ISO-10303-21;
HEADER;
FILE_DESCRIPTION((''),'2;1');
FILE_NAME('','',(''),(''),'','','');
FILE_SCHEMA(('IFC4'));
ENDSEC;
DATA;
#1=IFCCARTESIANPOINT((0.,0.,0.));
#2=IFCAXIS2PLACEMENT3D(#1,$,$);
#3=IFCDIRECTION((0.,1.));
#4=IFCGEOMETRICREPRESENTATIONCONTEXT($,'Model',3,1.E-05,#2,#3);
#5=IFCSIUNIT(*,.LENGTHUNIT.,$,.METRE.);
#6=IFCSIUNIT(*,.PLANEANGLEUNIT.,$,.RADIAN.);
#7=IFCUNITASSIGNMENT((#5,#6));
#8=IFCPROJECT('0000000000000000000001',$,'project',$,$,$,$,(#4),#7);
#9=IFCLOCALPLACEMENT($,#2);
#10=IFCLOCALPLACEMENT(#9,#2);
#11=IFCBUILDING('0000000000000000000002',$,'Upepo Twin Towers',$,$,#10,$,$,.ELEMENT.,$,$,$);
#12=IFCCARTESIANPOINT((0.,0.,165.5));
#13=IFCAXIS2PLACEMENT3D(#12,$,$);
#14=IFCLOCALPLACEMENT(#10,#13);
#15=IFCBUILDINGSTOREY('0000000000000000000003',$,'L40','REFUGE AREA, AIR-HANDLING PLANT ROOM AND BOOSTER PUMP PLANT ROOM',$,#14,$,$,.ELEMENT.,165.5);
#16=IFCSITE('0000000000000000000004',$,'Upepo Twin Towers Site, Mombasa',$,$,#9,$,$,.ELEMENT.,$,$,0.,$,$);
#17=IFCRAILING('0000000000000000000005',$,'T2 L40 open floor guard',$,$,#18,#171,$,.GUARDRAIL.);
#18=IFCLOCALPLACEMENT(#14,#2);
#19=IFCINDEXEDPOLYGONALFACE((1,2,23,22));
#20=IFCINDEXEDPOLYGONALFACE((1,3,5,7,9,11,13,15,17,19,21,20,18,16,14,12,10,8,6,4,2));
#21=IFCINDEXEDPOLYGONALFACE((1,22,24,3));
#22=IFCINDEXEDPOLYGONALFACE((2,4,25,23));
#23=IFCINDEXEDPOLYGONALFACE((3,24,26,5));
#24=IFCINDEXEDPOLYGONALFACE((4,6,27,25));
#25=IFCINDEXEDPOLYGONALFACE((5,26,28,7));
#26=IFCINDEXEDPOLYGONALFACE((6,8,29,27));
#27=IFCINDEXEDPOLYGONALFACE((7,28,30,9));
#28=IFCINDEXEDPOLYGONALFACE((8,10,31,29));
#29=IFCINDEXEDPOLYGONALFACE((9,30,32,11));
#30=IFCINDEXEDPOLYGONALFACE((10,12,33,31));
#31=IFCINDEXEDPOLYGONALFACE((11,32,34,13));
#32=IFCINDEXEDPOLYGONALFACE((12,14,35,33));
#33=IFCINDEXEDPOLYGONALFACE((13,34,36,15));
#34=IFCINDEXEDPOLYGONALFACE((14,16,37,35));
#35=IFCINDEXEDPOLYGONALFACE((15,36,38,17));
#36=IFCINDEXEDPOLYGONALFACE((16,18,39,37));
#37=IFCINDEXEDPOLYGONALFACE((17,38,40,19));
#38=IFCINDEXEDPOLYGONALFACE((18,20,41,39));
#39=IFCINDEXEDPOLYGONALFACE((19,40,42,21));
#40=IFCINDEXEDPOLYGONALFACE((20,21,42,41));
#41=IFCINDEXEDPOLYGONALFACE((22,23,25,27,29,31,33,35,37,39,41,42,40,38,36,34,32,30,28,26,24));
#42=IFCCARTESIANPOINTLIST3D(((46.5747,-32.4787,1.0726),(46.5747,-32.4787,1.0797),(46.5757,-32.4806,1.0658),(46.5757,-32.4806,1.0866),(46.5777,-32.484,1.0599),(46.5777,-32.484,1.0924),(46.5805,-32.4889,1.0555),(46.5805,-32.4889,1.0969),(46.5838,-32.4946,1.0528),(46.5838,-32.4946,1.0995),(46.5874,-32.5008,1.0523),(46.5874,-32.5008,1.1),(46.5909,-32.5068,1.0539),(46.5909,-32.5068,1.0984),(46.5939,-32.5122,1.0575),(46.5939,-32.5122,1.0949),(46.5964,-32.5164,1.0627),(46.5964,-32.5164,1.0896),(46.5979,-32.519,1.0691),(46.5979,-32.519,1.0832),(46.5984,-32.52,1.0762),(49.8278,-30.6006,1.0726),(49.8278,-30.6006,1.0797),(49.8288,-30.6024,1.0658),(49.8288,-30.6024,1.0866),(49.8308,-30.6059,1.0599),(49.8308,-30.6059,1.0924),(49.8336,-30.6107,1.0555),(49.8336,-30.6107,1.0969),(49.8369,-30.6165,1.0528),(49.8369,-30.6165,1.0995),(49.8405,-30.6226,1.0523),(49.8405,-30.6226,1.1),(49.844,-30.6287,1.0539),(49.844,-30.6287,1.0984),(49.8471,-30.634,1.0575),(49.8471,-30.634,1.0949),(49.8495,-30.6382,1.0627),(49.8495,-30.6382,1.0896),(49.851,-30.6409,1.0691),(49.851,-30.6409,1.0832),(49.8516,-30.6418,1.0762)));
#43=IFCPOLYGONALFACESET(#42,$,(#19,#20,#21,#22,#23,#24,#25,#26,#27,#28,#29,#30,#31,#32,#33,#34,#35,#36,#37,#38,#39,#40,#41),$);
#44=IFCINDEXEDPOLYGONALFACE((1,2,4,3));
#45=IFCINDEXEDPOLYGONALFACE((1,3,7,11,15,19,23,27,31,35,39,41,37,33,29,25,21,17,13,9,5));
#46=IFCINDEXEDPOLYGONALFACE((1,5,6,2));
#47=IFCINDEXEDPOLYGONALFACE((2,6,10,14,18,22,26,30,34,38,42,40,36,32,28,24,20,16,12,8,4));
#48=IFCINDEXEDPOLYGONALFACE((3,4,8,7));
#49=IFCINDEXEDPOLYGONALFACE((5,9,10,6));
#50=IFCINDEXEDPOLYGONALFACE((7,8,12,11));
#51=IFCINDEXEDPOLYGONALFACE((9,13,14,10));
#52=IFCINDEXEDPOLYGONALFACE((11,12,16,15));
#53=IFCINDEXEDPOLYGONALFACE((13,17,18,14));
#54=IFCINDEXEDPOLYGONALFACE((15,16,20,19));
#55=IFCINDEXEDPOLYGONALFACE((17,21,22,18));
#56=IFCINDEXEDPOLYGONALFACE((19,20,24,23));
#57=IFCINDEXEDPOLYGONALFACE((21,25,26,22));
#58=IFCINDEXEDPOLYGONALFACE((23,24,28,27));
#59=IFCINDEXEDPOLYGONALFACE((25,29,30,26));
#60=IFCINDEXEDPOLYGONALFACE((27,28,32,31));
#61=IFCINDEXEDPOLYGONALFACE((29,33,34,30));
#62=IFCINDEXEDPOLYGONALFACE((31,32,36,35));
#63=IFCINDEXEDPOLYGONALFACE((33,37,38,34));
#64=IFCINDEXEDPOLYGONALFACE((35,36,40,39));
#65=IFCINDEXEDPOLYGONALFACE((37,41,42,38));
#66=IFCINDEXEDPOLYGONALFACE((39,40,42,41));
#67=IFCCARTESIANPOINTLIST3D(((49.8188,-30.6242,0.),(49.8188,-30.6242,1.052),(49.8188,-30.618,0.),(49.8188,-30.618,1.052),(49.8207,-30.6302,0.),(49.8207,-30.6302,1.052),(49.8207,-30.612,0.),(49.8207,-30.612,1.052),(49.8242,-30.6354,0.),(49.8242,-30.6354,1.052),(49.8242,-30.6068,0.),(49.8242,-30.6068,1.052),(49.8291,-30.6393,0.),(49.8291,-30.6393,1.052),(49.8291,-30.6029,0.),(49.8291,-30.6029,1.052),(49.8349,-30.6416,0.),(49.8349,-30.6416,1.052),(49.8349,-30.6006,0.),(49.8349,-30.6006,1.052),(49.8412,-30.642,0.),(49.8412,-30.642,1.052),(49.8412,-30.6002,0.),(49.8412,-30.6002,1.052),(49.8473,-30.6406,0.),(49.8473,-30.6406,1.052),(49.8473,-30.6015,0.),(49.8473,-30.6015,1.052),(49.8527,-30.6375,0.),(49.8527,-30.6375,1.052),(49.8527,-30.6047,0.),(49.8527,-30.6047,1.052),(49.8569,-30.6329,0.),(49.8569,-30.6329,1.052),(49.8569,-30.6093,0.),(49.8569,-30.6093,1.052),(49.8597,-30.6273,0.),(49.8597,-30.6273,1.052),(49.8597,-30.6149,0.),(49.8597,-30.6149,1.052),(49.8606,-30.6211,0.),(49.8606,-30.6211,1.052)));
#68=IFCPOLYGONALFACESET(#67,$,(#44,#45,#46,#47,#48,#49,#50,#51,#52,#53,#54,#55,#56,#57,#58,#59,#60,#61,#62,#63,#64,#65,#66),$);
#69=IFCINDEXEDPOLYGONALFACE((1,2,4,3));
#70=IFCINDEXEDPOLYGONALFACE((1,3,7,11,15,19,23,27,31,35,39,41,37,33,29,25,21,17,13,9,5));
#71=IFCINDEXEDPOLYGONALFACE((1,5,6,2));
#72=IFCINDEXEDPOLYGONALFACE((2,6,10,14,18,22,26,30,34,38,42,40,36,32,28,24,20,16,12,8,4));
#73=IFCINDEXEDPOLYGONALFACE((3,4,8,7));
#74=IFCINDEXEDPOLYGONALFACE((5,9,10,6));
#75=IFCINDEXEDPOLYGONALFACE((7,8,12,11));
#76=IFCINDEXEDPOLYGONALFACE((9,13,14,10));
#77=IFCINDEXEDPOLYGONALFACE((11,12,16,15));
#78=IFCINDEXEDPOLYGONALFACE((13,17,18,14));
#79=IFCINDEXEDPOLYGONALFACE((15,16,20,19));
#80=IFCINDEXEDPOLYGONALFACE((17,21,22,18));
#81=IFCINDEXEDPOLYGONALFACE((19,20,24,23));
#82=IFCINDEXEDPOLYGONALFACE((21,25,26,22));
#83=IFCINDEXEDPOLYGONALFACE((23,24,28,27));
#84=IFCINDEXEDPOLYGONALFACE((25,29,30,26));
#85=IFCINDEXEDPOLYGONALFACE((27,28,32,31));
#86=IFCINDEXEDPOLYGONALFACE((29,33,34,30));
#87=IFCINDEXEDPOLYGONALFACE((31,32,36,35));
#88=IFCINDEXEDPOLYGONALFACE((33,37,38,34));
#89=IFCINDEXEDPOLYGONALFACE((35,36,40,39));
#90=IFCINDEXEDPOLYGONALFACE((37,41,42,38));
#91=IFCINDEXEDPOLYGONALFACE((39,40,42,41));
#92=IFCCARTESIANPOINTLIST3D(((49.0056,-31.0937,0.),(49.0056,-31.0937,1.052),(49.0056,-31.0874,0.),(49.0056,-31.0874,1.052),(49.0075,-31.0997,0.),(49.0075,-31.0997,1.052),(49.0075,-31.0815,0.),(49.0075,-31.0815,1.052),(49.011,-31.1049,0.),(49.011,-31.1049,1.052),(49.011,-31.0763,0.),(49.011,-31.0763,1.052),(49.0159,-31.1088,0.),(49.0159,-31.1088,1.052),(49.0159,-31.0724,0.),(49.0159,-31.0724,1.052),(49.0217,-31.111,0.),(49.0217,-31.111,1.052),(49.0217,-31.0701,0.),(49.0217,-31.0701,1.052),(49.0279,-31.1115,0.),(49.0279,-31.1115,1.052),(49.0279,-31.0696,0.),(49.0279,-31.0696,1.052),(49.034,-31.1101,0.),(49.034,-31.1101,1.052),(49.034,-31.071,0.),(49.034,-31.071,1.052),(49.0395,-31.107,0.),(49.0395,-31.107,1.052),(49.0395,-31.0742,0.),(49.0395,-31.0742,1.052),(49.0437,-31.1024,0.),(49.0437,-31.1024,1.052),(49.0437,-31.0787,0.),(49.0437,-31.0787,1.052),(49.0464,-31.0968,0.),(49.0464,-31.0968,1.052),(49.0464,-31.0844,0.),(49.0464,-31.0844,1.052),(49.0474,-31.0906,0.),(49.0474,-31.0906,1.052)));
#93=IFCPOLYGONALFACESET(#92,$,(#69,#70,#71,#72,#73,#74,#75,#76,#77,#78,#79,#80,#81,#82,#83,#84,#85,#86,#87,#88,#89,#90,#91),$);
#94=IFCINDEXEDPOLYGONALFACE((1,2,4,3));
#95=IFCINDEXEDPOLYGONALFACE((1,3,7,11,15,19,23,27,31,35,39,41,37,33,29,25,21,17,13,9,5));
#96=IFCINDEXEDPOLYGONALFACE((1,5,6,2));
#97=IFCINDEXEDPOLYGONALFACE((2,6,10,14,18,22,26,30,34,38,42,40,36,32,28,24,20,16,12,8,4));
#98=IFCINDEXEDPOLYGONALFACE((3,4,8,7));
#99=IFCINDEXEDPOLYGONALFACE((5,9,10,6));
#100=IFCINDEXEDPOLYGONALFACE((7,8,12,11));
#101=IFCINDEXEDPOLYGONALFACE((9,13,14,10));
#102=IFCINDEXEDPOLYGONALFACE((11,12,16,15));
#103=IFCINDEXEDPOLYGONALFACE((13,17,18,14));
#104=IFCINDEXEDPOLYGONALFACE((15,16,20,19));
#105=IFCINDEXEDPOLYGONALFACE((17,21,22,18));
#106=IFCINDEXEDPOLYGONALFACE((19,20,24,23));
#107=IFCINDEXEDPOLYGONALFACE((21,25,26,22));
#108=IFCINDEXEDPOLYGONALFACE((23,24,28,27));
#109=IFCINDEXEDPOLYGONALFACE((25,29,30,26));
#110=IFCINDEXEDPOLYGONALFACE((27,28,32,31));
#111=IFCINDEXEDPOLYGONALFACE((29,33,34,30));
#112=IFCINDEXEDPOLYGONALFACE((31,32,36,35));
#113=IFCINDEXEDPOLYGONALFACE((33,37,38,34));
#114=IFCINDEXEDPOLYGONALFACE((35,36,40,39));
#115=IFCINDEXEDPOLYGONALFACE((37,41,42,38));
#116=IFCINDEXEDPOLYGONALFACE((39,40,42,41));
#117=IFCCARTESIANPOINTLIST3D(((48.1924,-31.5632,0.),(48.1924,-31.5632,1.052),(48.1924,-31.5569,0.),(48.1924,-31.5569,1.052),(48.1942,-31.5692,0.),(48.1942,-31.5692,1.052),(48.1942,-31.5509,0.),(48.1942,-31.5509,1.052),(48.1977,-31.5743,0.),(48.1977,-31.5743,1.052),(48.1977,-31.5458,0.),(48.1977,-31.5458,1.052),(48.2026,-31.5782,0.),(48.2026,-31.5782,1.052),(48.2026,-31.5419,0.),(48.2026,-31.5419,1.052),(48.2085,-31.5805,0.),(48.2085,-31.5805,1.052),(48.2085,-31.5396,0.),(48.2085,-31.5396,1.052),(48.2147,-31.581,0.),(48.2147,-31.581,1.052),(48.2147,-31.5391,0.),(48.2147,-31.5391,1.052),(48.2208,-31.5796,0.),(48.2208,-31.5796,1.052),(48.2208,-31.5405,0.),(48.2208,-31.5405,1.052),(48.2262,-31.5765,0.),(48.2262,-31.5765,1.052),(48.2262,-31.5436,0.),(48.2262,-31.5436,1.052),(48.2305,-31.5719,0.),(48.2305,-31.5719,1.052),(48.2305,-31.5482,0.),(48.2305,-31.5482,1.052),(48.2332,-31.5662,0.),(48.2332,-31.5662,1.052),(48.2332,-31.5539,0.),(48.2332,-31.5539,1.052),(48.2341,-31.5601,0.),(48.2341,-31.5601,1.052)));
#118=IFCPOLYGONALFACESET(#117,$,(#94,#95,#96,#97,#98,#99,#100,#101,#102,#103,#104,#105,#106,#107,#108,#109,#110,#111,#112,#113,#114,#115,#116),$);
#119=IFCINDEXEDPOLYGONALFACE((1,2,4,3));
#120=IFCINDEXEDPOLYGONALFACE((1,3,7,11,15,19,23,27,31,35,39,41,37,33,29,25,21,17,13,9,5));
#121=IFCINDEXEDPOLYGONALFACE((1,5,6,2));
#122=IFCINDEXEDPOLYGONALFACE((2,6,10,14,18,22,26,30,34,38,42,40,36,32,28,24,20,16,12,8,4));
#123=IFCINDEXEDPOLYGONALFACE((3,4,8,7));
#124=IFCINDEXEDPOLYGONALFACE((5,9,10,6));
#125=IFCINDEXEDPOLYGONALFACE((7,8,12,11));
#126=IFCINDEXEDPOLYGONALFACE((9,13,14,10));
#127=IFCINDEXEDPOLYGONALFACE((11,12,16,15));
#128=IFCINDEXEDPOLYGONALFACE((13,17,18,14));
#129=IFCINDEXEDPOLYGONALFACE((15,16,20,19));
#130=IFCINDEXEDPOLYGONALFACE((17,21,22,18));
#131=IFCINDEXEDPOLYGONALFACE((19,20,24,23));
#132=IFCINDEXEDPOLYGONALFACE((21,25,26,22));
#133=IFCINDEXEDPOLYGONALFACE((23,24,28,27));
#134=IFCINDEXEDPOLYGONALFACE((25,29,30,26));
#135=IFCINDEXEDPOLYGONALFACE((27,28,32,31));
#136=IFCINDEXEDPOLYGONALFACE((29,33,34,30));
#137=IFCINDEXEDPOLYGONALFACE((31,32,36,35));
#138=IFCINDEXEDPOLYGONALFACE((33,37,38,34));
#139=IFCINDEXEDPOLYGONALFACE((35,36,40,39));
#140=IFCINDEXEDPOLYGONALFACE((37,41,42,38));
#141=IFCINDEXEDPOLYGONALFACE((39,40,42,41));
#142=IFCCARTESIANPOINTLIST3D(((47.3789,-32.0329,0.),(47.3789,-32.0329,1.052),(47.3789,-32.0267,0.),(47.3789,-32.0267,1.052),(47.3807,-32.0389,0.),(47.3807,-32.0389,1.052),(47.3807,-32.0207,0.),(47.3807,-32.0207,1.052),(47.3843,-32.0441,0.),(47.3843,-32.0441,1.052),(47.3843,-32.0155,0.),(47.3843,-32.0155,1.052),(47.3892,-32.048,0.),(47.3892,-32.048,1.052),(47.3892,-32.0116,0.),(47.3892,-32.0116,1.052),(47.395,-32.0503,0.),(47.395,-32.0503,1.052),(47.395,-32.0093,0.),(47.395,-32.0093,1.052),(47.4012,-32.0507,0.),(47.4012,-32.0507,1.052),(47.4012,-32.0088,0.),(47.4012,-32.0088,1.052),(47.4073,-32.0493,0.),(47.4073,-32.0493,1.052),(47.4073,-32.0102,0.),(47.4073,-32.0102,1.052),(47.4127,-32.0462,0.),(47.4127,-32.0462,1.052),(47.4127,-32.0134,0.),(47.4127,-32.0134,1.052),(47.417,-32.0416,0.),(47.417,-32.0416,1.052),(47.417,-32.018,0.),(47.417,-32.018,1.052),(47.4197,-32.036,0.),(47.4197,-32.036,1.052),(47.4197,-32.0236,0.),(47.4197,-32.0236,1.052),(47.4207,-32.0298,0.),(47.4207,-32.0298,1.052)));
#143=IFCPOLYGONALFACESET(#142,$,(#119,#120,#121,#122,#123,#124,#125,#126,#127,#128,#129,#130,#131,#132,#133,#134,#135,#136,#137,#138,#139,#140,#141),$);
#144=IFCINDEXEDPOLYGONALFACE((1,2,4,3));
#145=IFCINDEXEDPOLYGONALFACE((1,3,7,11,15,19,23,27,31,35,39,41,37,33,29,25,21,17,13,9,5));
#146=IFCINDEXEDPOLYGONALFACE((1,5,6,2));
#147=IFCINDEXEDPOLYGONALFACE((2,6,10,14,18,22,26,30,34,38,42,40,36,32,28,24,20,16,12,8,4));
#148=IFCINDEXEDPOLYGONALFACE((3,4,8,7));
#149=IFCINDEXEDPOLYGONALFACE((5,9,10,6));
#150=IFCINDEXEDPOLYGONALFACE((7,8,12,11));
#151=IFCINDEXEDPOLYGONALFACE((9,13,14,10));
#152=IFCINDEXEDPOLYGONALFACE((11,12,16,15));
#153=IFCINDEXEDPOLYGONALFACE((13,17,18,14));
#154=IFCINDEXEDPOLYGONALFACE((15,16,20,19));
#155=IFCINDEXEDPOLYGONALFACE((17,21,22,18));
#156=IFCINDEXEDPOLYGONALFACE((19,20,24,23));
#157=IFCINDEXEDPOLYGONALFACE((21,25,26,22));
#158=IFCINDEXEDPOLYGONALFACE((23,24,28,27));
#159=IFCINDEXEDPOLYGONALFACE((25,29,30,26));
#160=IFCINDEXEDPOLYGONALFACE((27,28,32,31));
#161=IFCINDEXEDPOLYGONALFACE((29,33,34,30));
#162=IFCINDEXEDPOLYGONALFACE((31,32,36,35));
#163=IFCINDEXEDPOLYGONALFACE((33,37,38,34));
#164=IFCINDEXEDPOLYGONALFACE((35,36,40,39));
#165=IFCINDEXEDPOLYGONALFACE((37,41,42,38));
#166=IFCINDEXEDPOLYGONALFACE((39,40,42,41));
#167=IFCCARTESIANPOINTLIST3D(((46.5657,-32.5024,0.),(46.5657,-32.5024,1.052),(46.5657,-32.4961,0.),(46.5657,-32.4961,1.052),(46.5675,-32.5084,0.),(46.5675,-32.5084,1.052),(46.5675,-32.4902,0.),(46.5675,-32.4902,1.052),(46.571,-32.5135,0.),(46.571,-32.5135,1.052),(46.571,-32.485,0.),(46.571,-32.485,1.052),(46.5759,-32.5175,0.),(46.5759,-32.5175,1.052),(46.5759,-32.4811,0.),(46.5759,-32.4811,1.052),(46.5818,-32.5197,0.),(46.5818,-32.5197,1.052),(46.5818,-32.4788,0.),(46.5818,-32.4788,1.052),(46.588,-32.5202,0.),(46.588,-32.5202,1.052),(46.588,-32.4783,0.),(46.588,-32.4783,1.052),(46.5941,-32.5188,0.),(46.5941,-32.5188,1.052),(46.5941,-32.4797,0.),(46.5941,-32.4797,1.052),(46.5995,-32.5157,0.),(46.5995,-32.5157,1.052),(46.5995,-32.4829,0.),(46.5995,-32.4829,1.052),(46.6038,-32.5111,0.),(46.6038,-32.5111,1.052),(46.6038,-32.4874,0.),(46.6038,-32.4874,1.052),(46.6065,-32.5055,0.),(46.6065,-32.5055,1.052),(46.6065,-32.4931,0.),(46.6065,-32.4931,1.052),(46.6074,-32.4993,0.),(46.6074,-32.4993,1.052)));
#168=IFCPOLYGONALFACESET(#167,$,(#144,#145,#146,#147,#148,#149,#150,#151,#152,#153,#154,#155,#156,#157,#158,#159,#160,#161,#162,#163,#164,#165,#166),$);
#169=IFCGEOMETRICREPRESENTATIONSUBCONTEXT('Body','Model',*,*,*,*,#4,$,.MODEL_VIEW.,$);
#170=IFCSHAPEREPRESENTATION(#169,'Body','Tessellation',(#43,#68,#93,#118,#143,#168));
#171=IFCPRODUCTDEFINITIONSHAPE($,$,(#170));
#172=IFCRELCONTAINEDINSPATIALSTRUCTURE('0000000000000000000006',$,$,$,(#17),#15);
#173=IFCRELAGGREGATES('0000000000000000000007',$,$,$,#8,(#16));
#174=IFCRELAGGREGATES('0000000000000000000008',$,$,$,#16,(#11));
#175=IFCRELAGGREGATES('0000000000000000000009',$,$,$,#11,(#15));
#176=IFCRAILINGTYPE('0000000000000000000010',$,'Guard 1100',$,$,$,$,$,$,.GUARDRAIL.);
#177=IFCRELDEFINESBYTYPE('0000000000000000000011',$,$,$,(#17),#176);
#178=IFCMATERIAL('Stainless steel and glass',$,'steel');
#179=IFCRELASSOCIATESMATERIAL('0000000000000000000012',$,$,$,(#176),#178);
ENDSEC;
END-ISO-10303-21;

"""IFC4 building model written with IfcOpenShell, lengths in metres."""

from ifc_helpers import new_model, si_unit, direction, frame, origin, origin_2d, place, context, subcontext, project, spatial, circle, extrude, material, type_object, element, save


model = new_model("IFC4")

# Units and contexts
model_context = context("Model", 3, precision=1e-05, world=origin(), true_north=direction((0.0, 1.0)))
body_context = subcontext(model_context, "Body", "Model", "MODEL_VIEW")
ifc_project = project(units=[si_unit("LENGTHUNIT", "METRE"), si_unit("PLANEANGLEUNIT", "RADIAN")], contexts=[model_context])

# Site, building, storey
site_placement = place(None, origin())
site = spatial("IfcSite", under=ifc_project, at=site_placement, Name="Upepo Twin Towers Site, Mombasa", CompositionType="ELEMENT", RefElevation=0.0)
building_placement = place(site_placement, origin())
building = spatial("IfcBuilding", under=site, at=building_placement, Name="Upepo Twin Towers", CompositionType="ELEMENT")
storey_placement = place(building_placement, frame((0.0, 0.0, 165.5)))
storey = spatial("IfcBuildingStorey", under=building, at=storey_placement, Name="L40", Description="REFUGE AREA, AIR-HANDLING PLANT ROOM AND BOOSTER PUMP PLANT ROOM", CompositionType="ELEMENT", Elevation=165.5)

# Railing
ifc_material_1 = material(Name="Stainless steel and glass", Category="steel")
railing_type = type_object("IfcRailingType", Name="Guard 1100", PredefinedType="GUARDRAIL", material=ifc_material_1)
railing_1_placement = place(storey_placement, frame((49.8396, -30.6211, 0.0)))
element("IfcRailing", 1, at=railing_1_placement, inside=storey, type_object=railing_type, Name="T2 L40 open floor guard", PredefinedType="GUARDRAIL", context=body_context, shape_type="SweptSolid", body=[
    extrude(circle(Radius=0.0239, at=origin_2d()), frame((0.0, 0.0, 1.0762), z_axis=(-0.866031, -0.499991, 0.0), x_axis=(0.499991, -0.866031, 0.0)), (0.0, 0.0, 1.0), 3.7563),
    extrude(circle(Radius=0.021, at=origin_2d()), origin(), (0.0, 0.0, 1.0), 1.052),
    extrude(circle(Radius=0.021, at=origin_2d()), frame((-0.8132, -0.4695, 0.0)), (0.0, 0.0, 1.0), 1.052),
    extrude(circle(Radius=0.021, at=origin_2d()), frame((-1.6265, -0.939, 0.0)), (0.0, 0.0, 1.0), 1.052),
    extrude(circle(Radius=0.021, at=origin_2d()), frame((-2.4399, -1.4087, 0.0)), (0.0, 0.0, 1.0), 1.052),
    extrude(circle(Radius=0.021, at=origin_2d()), frame((-3.2532, -1.8782, 0.0)), (0.0, 0.0, 1.0), 1.052),
])

save(model, "model.ifc")
